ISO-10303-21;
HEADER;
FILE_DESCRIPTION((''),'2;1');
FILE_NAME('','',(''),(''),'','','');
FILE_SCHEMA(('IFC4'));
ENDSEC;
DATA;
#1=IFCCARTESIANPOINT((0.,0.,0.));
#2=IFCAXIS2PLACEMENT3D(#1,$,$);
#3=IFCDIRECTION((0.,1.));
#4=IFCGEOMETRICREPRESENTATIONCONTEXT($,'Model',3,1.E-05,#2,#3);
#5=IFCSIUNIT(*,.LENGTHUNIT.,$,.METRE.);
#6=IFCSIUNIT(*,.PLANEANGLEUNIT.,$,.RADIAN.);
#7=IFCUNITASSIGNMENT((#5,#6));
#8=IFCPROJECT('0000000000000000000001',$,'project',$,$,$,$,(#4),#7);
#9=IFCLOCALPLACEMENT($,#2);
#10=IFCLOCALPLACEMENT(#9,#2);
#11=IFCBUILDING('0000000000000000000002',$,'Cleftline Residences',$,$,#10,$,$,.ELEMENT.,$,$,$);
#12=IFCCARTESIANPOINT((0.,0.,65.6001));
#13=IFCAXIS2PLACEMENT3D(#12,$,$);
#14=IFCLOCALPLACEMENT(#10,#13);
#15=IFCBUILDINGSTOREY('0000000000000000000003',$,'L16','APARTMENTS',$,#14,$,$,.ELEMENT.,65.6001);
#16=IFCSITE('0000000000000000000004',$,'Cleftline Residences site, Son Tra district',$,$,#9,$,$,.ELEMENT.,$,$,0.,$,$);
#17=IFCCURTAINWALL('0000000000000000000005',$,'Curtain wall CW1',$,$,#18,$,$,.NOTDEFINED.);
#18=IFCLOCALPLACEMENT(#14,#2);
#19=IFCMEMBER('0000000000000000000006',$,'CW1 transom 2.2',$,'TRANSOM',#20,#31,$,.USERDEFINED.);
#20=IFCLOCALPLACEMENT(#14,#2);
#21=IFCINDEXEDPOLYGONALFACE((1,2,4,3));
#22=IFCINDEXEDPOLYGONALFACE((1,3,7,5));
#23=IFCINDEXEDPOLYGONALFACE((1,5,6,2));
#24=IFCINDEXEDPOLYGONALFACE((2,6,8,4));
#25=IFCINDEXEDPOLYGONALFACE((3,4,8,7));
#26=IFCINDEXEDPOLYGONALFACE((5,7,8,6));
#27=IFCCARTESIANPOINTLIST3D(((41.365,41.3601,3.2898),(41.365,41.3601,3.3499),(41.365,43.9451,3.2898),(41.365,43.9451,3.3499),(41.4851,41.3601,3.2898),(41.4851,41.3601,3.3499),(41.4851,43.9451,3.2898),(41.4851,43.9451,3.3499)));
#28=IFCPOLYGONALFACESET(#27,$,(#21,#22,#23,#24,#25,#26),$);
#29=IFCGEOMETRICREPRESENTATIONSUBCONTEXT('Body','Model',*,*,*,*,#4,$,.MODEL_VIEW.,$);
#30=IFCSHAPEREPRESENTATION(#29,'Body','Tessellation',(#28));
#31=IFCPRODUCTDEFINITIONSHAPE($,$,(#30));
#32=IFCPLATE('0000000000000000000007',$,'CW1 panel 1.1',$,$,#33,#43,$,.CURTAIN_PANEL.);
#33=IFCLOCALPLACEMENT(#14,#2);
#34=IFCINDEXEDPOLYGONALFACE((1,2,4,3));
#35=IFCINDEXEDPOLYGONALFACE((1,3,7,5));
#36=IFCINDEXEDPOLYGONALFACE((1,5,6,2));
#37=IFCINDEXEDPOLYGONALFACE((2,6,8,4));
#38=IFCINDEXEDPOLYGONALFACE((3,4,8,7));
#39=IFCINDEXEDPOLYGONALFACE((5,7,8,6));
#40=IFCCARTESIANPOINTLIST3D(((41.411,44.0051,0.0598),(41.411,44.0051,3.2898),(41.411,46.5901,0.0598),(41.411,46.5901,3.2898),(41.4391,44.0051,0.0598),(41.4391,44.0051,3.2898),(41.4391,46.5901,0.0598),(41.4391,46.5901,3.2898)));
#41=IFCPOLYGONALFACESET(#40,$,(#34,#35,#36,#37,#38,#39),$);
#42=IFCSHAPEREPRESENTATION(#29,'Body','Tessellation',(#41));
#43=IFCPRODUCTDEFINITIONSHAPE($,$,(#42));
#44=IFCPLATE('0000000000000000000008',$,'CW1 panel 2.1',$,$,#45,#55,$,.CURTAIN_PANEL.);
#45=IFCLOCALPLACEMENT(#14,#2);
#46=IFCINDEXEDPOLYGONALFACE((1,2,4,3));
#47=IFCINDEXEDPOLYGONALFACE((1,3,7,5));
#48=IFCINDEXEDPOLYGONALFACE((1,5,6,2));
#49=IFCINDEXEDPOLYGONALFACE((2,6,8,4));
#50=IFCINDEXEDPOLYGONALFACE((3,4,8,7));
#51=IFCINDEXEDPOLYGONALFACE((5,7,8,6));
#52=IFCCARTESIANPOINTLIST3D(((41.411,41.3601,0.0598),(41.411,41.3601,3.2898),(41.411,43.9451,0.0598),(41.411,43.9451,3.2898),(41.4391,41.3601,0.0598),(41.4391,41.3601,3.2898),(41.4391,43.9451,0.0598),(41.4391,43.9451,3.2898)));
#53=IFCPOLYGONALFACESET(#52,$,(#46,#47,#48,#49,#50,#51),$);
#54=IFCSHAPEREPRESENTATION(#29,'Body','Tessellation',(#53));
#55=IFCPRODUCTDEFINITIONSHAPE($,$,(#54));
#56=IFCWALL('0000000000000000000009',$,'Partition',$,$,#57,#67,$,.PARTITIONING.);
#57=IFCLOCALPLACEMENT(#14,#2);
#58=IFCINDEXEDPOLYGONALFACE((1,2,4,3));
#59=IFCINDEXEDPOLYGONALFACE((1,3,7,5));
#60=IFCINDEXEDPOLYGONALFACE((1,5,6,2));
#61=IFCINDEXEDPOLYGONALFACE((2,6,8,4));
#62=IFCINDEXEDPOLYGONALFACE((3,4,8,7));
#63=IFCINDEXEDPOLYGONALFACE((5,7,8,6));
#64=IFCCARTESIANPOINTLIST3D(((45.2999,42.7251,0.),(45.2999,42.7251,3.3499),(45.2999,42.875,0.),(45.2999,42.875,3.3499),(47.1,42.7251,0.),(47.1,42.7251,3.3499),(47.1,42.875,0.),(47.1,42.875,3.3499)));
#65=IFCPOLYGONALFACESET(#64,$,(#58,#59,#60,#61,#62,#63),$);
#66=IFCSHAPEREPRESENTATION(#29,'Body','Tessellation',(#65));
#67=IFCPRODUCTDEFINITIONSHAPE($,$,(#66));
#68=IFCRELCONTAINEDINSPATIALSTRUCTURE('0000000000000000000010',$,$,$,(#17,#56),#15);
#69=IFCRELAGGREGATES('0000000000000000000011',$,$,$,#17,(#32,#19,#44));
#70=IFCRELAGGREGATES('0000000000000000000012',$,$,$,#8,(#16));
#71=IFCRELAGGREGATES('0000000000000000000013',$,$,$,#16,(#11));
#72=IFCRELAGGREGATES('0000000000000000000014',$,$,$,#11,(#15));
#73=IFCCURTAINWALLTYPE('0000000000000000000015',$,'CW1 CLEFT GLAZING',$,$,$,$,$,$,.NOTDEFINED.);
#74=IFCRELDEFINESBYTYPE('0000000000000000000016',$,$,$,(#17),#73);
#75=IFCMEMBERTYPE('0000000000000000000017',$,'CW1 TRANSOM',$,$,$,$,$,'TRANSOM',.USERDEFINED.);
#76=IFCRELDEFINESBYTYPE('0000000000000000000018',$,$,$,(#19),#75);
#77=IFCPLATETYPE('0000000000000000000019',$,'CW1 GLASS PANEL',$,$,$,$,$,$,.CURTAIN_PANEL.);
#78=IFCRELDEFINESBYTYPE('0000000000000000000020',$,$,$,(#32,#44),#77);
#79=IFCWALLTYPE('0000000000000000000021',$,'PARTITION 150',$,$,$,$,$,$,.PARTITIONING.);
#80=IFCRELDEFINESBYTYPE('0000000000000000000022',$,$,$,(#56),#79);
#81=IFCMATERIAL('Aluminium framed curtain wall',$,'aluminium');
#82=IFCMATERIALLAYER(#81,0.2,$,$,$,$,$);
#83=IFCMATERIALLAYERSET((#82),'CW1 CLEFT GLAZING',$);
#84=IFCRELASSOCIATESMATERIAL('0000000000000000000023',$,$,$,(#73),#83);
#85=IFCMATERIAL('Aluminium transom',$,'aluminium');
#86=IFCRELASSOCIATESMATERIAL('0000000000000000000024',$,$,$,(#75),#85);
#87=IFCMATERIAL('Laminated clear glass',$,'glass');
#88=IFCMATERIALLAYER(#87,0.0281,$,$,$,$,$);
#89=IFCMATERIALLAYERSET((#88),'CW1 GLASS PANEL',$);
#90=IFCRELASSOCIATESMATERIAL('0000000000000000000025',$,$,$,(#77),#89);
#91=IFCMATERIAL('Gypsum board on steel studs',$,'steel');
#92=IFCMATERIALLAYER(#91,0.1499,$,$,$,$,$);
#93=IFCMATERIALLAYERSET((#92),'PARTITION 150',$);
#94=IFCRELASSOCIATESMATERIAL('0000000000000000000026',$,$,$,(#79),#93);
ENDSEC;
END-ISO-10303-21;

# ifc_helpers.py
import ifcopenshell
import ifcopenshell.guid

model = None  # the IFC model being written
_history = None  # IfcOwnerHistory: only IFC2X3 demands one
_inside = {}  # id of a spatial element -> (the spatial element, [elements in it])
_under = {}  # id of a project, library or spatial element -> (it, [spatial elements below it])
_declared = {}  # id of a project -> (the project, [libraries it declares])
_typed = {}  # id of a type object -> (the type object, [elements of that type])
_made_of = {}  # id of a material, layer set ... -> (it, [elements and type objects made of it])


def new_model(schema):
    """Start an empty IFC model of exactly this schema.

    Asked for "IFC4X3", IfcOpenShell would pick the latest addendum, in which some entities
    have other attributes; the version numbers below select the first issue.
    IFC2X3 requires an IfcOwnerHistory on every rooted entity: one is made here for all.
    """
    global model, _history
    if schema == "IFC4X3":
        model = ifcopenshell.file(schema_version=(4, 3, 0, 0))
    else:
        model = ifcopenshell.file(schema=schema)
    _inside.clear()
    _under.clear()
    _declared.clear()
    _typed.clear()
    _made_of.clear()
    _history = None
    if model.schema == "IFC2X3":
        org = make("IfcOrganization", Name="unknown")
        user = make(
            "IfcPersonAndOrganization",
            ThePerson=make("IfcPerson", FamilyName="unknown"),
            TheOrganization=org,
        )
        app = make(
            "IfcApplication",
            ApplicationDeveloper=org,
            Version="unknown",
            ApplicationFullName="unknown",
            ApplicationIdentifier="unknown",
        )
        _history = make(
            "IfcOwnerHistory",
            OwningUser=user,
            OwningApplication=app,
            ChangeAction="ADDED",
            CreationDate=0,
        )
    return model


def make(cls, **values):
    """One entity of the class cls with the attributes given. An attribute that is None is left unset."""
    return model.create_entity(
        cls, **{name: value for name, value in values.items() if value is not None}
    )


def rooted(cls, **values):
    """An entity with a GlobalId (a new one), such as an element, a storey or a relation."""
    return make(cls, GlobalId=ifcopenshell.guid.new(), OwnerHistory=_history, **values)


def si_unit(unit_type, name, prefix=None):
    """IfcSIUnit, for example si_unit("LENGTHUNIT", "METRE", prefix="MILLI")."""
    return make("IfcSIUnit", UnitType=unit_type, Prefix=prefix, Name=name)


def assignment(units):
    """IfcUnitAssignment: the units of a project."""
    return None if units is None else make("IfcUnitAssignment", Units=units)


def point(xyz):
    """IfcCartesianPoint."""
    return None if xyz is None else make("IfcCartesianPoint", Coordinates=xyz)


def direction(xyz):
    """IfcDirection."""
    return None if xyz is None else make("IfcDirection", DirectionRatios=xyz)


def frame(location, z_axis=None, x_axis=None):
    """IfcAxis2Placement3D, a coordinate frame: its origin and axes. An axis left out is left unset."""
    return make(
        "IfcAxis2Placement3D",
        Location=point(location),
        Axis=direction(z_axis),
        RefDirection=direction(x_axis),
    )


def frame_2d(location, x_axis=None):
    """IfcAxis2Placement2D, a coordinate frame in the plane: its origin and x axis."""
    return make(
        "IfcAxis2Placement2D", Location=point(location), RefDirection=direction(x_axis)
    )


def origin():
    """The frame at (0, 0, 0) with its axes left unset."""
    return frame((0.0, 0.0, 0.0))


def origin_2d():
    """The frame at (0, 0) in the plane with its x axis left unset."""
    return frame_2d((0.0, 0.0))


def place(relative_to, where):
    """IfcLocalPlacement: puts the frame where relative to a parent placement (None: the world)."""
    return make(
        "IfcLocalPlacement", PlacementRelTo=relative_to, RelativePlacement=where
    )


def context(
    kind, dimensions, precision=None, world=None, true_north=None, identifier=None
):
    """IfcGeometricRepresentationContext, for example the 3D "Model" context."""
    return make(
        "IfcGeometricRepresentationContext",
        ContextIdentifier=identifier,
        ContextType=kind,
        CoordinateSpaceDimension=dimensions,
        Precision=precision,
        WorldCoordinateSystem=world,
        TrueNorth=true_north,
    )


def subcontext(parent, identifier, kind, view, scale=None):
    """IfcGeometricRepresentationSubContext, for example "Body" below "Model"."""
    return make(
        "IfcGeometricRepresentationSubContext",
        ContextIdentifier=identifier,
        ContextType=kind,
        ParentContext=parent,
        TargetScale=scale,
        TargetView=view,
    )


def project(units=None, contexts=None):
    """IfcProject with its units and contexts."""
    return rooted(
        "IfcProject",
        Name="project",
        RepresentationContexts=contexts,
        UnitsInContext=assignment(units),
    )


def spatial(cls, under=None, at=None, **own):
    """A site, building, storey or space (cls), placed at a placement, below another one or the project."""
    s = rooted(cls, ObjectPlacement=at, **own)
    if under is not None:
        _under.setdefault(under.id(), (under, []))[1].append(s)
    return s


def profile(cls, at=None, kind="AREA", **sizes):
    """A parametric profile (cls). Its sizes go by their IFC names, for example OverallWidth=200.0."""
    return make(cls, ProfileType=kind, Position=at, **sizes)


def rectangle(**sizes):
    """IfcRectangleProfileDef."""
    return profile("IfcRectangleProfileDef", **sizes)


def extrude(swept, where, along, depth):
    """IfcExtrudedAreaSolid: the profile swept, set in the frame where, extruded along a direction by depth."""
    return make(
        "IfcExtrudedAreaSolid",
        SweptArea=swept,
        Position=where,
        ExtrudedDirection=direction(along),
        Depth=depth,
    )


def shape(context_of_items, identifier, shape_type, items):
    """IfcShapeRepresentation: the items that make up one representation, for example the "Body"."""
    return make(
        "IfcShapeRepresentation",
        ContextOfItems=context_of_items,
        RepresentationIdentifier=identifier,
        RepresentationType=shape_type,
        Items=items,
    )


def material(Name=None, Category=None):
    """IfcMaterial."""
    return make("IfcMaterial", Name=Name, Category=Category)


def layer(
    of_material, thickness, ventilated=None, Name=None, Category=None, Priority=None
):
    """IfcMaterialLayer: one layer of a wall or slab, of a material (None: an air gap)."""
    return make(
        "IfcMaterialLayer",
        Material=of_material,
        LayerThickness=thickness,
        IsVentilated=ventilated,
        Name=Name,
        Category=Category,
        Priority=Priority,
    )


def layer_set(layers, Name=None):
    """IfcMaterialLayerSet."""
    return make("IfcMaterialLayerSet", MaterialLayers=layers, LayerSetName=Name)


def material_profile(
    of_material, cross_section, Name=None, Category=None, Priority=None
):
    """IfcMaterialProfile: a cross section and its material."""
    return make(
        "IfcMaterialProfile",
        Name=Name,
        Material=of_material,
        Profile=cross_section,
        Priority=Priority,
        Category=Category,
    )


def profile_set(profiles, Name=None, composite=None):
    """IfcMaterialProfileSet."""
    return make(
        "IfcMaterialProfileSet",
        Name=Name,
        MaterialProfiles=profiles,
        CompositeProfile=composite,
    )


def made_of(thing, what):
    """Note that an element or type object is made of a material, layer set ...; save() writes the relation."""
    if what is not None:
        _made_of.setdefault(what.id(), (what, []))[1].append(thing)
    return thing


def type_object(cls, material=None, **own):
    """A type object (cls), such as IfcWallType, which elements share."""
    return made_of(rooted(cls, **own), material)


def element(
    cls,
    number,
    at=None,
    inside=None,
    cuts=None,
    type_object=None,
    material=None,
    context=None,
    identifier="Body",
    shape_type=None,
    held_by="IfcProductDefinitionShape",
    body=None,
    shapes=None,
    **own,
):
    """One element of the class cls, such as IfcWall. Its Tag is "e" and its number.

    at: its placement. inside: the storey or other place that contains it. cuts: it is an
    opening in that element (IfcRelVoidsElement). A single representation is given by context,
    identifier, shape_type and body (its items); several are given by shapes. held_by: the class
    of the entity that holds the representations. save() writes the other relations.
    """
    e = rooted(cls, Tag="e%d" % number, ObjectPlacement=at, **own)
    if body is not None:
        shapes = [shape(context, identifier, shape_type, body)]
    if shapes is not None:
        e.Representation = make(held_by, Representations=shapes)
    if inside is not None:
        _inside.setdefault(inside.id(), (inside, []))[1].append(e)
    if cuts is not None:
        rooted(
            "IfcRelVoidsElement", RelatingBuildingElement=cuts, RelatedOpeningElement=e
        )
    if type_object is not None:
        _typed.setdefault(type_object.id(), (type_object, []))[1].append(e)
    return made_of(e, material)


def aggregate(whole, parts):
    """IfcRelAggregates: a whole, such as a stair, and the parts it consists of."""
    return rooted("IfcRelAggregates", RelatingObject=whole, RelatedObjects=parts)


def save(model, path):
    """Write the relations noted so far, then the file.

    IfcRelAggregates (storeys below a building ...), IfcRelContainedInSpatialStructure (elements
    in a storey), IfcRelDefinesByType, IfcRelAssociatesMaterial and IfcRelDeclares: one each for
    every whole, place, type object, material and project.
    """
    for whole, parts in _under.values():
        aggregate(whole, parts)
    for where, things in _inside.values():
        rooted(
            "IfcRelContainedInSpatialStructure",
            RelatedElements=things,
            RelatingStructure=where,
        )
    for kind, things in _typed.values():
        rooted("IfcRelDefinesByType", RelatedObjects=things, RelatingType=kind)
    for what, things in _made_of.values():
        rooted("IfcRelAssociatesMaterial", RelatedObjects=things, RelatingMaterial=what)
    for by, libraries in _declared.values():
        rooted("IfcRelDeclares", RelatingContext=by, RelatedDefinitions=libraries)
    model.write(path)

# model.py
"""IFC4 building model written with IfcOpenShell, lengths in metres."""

from ifc_helpers import new_model, si_unit, direction, frame, frame_2d, origin, origin_2d, place, context, subcontext, project, spatial, rectangle, extrude, material, layer, layer_set, material_profile, profile_set, type_object, element, aggregate, save


model = new_model("IFC4")

# Units and contexts
model_context = context("Model", 3, precision=1e-05, world=origin(), true_north=direction((0.0, 1.0)))
body_context = subcontext(model_context, "Body", "Model", "MODEL_VIEW")
ifc_project = project(units=[si_unit("LENGTHUNIT", "METRE"), si_unit("PLANEANGLEUNIT", "RADIAN")], contexts=[model_context])

# Site, building, storey
site_placement = place(None, origin())
site = spatial("IfcSite", under=ifc_project, at=site_placement, Name="Cleftline Residences site, Son Tra district", CompositionType="ELEMENT", RefElevation=0.0)
building_placement = place(site_placement, origin())
building = spatial("IfcBuilding", under=site, at=building_placement, Name="Cleftline Residences", CompositionType="ELEMENT")
storey_placement = place(building_placement, frame((0.0, 0.0, 65.6001)))
storey = spatial("IfcBuildingStorey", under=building, at=storey_placement, Name="L16", Description="APARTMENTS", CompositionType="ELEMENT", Elevation=65.6001)

# Curtain wall, member, plates
ifc_material_1 = material(Name="Aluminium framed curtain wall", Category="aluminium")
ifc_layer_1 = layer(ifc_material_1, 0.2)
ifc_layer_set_1 = layer_set([ifc_layer_1], Name="CW1 CLEFT GLAZING")
curtain_wall_type = type_object("IfcCurtainWallType", Name="CW1 CLEFT GLAZING", PredefinedType="NOTDEFINED", material=ifc_layer_set_1)
curtain_wall_placement = place(storey_placement, origin())
curtain_wall = element("IfcCurtainWall", 1, at=curtain_wall_placement, inside=storey, type_object=curtain_wall_type, Name="Curtain wall CW1", PredefinedType="NOTDEFINED")
ifc_material_2 = material(Name="Aluminium transom", Category="aluminium")
ifc_material_profile_1 = material_profile(ifc_material_2, rectangle(XDim=0.1201, YDim=0.0601, at=origin_2d()))
ifc_profile_set_1 = profile_set([ifc_material_profile_1], Name="Aluminium transom")
member_type_1 = type_object("IfcMemberType", Name="CW1 TRANSOM", ElementType="TRANSOM", PredefinedType="USERDEFINED", material=ifc_profile_set_1)
member_1_placement = place(storey_placement, frame((41.425, 43.9451, 3.3198), z_axis=(0.0, -1.0, 0.0), x_axis=(1.0, 0.0, 0.0)))
member_1 = element("IfcMember", 2, at=member_1_placement, type_object=member_type_1, Name="CW1 transom 2.2", ObjectType="TRANSOM", PredefinedType="USERDEFINED", context=body_context, shape_type="SweptSolid", body=[
    extrude(rectangle(XDim=0.1201, YDim=0.0601, at=origin_2d()), origin(), (0.0, 0.0, 1.0), 2.585),
])
ifc_material_3 = material(Name="Laminated clear glass", Category="glass")
ifc_layer_2 = layer(ifc_material_3, 0.0281)
ifc_layer_set_2 = layer_set([ifc_layer_2], Name="CW1 GLASS PANEL")
plate_type = type_object("IfcPlateType", Name="CW1 GLASS PANEL", PredefinedType="CURTAIN_PANEL", material=ifc_layer_set_2)
plate_1_placement = place(storey_placement, frame((41.425, 45.2976, 0.0598), z_axis=(0.0, 0.0, 1.0), x_axis=(0.0, -1.0, 0.0)))
plate_1 = element("IfcPlate", 3, at=plate_1_placement, type_object=plate_type, Name="CW1 panel 1.1", PredefinedType="CURTAIN_PANEL", context=body_context, shape_type="SweptSolid", body=[
    extrude(rectangle(XDim=2.585, YDim=0.0281, at=origin_2d()), origin(), (0.0, 0.0, 1.0), 3.23),
])
plate_2_placement = place(storey_placement, frame((41.425, 42.6526, 0.0598), z_axis=(0.0, 0.0, 1.0), x_axis=(0.0, -1.0, 0.0)))
plate_2 = element("IfcPlate", 4, at=plate_2_placement, type_object=plate_type, Name="CW1 panel 2.1", PredefinedType="CURTAIN_PANEL", context=body_context, shape_type="SweptSolid", body=[
    extrude(rectangle(XDim=2.585, YDim=0.0281, at=origin_2d()), origin(), (0.0, 0.0, 1.0), 3.23),
])
aggregate(curtain_wall, [plate_1, member_1, plate_2])

# Wall
ifc_material_4 = material(Name="Gypsum board on steel studs", Category="steel")
ifc_layer_3 = layer(ifc_material_4, 0.1499)
ifc_layer_set_3 = layer_set([ifc_layer_3], Name="PARTITION 150")
wall_type = type_object("IfcWallType", Name="PARTITION 150", PredefinedType="PARTITIONING", material=ifc_layer_set_3)
wall_placement = place(storey_placement, frame((45.3, 42.8, 0.0), z_axis=(0.0, 0.0, 1.0), x_axis=(1.0, 0.0, 0.0)))
element("IfcWall", 5, at=wall_placement, inside=storey, type_object=wall_type, Name="Partition", PredefinedType="PARTITIONING", context=body_context, shape_type="SweptSolid", body=[
    extrude(rectangle(XDim=1.8, YDim=0.1499, at=frame_2d((0.8999, 0.0))), origin(), (0.0, 0.0, 1.0), 3.3499),
])

save(model, "model.ifc")
